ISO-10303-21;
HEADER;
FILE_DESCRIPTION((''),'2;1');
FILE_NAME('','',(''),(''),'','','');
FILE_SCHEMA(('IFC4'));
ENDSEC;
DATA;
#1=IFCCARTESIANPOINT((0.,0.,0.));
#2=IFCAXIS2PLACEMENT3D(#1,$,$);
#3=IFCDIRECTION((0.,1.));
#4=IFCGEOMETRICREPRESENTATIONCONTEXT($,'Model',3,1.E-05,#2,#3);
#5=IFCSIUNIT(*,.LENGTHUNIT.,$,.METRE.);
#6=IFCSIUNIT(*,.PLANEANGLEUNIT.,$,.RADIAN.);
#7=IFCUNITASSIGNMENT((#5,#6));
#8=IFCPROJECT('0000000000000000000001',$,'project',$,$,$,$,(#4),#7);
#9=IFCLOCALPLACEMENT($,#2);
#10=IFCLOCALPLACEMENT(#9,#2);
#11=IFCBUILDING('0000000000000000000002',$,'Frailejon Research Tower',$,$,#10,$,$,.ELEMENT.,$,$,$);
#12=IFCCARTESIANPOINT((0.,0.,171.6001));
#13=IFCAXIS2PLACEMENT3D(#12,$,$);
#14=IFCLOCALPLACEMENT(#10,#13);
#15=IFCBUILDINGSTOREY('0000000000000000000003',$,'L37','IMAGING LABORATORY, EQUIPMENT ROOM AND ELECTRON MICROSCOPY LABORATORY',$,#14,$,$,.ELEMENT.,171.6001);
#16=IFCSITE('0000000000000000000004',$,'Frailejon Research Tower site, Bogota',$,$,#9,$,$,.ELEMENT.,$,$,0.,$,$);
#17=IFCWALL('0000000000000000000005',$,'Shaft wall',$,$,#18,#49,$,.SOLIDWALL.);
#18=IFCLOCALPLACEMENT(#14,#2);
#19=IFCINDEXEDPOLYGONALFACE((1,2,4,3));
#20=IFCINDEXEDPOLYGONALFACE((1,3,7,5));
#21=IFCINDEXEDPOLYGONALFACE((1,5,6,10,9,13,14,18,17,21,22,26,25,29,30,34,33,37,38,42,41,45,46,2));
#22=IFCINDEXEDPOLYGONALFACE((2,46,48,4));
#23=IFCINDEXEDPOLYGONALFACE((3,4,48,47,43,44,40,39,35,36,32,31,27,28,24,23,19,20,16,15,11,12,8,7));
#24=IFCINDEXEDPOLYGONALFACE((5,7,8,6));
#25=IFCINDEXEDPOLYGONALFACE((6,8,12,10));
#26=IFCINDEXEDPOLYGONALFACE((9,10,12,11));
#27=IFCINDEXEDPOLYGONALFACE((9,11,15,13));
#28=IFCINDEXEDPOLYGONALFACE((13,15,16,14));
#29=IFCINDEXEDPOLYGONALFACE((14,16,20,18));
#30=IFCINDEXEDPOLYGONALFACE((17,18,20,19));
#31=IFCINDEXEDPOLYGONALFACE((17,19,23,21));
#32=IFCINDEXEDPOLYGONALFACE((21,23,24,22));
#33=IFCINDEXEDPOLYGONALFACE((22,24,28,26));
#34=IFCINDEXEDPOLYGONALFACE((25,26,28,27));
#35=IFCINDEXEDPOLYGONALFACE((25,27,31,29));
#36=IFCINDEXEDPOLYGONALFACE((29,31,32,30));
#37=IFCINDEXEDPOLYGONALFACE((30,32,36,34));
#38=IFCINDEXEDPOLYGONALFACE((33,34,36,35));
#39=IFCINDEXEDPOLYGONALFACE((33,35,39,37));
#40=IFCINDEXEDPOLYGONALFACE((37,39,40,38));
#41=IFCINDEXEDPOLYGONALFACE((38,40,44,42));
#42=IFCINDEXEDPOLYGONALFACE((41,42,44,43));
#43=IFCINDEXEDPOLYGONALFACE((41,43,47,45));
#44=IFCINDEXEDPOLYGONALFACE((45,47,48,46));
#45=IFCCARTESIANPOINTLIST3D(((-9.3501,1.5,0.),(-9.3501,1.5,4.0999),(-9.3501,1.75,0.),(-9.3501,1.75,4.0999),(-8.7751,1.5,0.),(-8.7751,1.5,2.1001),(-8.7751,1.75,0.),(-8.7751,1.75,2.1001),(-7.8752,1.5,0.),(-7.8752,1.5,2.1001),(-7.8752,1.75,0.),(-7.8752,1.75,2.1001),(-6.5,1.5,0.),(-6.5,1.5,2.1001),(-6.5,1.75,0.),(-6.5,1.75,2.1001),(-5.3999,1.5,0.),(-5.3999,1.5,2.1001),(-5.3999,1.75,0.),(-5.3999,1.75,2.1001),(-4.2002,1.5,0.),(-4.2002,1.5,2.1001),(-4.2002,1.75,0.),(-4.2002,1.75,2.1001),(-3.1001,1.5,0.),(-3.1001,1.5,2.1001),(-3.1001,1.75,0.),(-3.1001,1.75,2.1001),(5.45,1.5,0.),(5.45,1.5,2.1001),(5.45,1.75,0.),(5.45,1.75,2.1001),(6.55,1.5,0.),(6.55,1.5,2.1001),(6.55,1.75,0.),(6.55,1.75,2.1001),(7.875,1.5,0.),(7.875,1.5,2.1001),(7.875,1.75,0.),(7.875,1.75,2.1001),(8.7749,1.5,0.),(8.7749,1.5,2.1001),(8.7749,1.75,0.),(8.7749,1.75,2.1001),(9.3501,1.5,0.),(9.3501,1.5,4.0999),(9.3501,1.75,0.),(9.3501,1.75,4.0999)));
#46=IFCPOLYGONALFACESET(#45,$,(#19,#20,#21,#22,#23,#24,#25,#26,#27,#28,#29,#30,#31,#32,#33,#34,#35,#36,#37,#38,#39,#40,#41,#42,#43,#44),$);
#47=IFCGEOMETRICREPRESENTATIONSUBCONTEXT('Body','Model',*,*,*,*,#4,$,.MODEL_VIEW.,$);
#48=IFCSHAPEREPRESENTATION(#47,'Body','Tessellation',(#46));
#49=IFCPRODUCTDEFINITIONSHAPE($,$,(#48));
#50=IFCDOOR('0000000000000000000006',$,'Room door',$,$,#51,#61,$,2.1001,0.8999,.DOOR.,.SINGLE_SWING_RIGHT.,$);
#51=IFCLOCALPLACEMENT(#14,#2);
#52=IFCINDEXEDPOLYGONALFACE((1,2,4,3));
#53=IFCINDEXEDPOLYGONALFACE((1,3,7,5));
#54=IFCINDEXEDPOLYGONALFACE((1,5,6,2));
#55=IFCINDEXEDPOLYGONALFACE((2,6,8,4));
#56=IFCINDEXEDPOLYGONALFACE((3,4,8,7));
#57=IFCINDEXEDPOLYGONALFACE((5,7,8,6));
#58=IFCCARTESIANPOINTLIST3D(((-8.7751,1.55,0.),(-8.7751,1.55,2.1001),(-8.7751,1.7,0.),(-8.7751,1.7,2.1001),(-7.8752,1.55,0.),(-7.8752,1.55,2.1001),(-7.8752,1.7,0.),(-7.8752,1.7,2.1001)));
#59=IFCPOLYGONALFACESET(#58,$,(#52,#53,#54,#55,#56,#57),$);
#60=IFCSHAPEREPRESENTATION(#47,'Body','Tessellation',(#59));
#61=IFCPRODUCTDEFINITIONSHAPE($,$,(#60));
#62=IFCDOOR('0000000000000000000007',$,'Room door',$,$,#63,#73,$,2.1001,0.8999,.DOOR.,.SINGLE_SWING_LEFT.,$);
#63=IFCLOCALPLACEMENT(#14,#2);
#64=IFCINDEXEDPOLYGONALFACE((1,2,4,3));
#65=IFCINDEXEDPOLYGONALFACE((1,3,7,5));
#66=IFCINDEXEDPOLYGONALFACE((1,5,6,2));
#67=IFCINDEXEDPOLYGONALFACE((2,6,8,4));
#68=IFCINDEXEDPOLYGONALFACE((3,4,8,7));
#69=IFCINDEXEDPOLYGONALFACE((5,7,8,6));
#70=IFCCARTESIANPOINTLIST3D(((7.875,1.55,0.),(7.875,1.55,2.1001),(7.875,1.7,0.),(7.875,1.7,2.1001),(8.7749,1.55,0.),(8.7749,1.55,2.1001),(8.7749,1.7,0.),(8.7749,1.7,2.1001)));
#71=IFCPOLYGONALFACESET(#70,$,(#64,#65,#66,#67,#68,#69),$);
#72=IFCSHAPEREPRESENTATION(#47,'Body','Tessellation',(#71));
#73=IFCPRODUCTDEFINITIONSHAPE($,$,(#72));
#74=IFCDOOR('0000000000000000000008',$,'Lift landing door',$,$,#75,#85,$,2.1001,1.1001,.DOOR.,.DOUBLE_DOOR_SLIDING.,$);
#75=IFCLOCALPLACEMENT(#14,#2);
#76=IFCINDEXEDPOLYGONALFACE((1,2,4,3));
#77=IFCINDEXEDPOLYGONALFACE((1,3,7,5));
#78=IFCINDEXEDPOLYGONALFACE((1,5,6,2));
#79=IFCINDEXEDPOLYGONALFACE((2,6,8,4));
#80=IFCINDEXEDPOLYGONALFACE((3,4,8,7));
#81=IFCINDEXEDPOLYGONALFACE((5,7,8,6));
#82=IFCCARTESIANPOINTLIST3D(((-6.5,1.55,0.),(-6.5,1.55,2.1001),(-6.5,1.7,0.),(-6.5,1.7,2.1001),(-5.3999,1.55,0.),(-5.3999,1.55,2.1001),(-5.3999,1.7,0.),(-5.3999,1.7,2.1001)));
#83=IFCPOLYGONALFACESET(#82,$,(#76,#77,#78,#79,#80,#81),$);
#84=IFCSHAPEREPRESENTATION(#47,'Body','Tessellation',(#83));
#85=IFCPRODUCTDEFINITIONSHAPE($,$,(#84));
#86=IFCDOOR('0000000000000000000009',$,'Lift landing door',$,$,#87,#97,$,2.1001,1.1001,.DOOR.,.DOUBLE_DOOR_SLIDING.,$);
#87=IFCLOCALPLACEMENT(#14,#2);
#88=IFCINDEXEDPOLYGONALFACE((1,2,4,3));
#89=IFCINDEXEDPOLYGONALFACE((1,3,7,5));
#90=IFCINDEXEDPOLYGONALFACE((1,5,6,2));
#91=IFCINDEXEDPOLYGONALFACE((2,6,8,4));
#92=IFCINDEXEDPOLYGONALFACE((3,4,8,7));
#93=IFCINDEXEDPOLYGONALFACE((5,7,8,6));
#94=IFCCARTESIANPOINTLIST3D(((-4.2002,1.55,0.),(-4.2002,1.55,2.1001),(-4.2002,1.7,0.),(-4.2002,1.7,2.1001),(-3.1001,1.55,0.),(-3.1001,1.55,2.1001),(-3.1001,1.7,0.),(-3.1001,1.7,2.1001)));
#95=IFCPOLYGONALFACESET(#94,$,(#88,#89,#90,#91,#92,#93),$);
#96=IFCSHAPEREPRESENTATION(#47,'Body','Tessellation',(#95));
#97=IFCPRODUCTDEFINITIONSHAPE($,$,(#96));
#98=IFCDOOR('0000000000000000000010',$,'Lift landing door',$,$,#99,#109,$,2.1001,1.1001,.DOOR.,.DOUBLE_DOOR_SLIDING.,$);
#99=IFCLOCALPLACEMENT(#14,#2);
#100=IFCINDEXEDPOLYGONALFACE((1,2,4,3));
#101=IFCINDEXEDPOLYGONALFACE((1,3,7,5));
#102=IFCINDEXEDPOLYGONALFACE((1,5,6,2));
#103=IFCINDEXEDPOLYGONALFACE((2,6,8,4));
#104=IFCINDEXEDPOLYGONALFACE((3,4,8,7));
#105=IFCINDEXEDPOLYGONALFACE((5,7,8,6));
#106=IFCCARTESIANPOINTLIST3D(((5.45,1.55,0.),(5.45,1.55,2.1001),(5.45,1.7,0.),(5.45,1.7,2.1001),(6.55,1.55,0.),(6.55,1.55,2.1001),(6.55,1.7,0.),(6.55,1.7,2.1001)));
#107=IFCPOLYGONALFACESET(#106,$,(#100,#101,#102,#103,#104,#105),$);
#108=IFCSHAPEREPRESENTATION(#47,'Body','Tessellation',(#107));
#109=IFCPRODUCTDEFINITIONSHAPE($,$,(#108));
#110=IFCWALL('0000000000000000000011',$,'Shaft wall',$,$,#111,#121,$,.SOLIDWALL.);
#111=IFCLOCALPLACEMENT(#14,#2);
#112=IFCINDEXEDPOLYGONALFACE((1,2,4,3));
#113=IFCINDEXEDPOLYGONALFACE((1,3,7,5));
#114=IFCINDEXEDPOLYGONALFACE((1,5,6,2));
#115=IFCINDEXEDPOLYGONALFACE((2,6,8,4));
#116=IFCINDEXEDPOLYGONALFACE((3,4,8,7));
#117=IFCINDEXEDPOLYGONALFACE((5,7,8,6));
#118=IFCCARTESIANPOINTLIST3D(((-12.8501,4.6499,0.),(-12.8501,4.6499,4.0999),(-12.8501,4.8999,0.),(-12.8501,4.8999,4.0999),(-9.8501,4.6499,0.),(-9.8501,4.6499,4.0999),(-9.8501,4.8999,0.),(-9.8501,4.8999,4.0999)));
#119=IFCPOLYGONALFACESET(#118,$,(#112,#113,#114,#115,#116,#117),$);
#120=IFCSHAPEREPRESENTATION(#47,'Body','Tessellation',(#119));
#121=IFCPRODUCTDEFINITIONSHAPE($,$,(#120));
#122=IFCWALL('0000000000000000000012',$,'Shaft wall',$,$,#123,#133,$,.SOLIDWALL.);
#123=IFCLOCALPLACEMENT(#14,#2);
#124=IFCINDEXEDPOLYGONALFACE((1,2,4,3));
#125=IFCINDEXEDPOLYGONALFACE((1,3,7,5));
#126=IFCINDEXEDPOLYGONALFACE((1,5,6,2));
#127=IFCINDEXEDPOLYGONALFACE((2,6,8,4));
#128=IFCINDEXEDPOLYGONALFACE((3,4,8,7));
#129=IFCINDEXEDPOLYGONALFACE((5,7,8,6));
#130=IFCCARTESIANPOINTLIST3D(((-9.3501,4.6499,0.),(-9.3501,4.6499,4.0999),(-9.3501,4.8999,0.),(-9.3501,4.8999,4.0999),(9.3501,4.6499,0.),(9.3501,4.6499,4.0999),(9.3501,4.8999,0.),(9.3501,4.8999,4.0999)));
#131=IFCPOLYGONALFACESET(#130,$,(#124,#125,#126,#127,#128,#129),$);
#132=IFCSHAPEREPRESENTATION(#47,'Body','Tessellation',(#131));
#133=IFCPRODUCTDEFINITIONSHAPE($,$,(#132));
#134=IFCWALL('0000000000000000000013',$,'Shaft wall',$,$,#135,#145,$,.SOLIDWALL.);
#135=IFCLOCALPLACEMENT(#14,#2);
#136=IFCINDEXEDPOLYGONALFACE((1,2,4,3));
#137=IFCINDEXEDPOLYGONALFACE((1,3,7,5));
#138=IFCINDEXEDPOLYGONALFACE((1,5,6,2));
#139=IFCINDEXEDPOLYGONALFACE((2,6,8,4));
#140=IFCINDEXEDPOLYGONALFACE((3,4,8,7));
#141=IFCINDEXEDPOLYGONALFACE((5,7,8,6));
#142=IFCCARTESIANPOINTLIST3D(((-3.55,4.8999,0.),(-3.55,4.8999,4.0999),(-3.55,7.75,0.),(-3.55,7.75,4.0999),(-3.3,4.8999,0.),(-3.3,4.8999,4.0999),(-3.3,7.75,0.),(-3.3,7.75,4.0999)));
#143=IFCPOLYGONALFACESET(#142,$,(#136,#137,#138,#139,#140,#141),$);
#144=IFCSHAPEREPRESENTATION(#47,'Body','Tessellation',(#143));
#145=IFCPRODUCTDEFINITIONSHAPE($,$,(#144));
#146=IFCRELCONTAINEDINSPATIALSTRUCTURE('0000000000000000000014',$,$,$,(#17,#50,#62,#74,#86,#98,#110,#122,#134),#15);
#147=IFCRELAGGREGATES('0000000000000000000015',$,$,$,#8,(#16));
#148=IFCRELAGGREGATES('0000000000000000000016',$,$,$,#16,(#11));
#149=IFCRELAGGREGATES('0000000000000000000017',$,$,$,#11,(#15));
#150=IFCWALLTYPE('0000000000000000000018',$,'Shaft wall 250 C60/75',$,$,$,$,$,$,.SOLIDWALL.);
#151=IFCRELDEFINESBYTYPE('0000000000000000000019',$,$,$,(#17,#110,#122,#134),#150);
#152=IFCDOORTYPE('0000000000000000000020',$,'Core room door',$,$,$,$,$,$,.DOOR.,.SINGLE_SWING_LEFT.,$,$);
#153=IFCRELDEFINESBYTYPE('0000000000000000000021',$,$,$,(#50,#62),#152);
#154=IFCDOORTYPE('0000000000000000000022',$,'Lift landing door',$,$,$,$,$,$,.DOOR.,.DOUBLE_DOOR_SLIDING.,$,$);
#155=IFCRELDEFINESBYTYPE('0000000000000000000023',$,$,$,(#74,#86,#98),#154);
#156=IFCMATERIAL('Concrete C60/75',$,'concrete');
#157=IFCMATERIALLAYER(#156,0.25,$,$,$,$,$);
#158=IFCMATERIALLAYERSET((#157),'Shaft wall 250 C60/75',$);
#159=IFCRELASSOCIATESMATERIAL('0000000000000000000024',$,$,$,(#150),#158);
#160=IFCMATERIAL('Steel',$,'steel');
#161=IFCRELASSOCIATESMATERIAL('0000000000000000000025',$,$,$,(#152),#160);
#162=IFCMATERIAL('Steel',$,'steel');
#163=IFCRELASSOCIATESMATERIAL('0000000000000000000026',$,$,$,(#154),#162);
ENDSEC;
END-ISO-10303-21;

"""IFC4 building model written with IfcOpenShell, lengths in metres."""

from ifc_helpers import new_model, si_unit, direction, frame, frame_2d, origin, place, context, subcontext, project, spatial, rectangle, extrude, material, layer, layer_set, type_object, element, fill, save


model = new_model("IFC4")

# Units and contexts
model_context = context("Model", 3, precision=1e-05, world=origin(), true_north=direction((0.0, 1.0)))
body_context = subcontext(model_context, "Body", "Model", "MODEL_VIEW")
ifc_project = project(units=[si_unit("LENGTHUNIT", "METRE"), si_unit("PLANEANGLEUNIT", "RADIAN")], contexts=[model_context])

# Site, building, storey
site_placement = place(None, origin())
site = spatial("IfcSite", under=ifc_project, at=site_placement, Name="Frailejon Research Tower site, Bogota", CompositionType="ELEMENT", RefElevation=0.0)
building_placement = place(site_placement, origin())
building = spatial("IfcBuilding", under=site, at=building_placement, Name="Frailejon Research Tower", CompositionType="ELEMENT")
storey_placement = place(building_placement, frame((0.0, 0.0, 171.6001)))
storey = spatial("IfcBuildingStorey", under=building, at=storey_placement, Name="L37", Description="IMAGING LABORATORY, EQUIPMENT ROOM AND ELECTRON MICROSCOPY LABORATORY", CompositionType="ELEMENT", Elevation=171.6001)

# Shared definitions
ifc_material_1 = material(Name="Concrete C60/75", Category="concrete")
ifc_layer_1 = layer(ifc_material_1, 0.25)
ifc_layer_set_1 = layer_set([ifc_layer_1], Name="Shaft wall 250 C60/75")
wall_type_1 = type_object("IfcWallType", Name="Shaft wall 250 C60/75", PredefinedType="SOLIDWALL", material=ifc_layer_set_1)
ifc_material_2 = material(Name="Steel", Category="steel")
door_type_1 = type_object("IfcDoorType", Name="Core room door", OperationType="SINGLE_SWING_LEFT", PredefinedType="DOOR", material=ifc_material_2)

# Wall, openings, doors
wall_1_placement = place(storey_placement, frame((-9.3501, 1.625, 0.0), z_axis=(0.0, 0.0, 1.0), x_axis=(1.0, 0.0, 0.0)))
wall_1 = element("IfcWall", 1, at=wall_1_placement, inside=storey, type_object=wall_type_1, Name="Shaft wall", PredefinedType="SOLIDWALL", context=body_context, shape_type="SweptSolid", body=[
    extrude(rectangle(XDim=18.7002, YDim=0.25, at=frame_2d((9.3501, 0.0))), origin(), (0.0, 0.0, 1.0), 4.0999),
])
opening_1_placement = place(wall_1_placement, frame((2.8501, 0.0, 0.0)))
opening_1 = element("IfcOpeningElement", 2, at=opening_1_placement, cuts=wall_1, PredefinedType="OPENING", context=body_context, shape_type="SweptSolid", body=[
    extrude(rectangle(XDim=1.1001, YDim=2.1001, at=frame_2d((0.55, 1.05))), frame((0.0, 0.135, 0.0), z_axis=(0.0, -1.0, 0.0), x_axis=(1.0, 0.0, 0.0)), (0.0, 0.0, 1.0), 0.27),
])
opening_2_placement = place(wall_1_placement, frame((5.1499, 0.0, 0.0)))
opening_2 = element("IfcOpeningElement", 3, at=opening_2_placement, cuts=wall_1, PredefinedType="OPENING", context=body_context, shape_type="SweptSolid", body=[
    extrude(rectangle(XDim=1.1001, YDim=2.1001, at=frame_2d((0.55, 1.05))), frame((0.0, 0.135, 0.0), z_axis=(0.0, -1.0, 0.0), x_axis=(1.0, 0.0, 0.0)), (0.0, 0.0, 1.0), 0.27),
])
opening_3_placement = place(wall_1_placement, frame((14.8, 0.0, 0.0)))
opening_3 = element("IfcOpeningElement", 4, at=opening_3_placement, cuts=wall_1, PredefinedType="OPENING", context=body_context, shape_type="SweptSolid", body=[
    extrude(rectangle(XDim=1.1001, YDim=2.1001, at=frame_2d((0.55, 1.05))), frame((0.0, 0.135, 0.0), z_axis=(0.0, -1.0, 0.0), x_axis=(1.0, 0.0, 0.0)), (0.0, 0.0, 1.0), 0.27),
])
opening_4_placement = place(wall_1_placement, frame((0.575, 0.0, 0.0)))
opening_4 = element("IfcOpeningElement", 5, at=opening_4_placement, cuts=wall_1, PredefinedType="OPENING", context=body_context, shape_type="SweptSolid", body=[
    extrude(rectangle(XDim=0.8999, YDim=2.1001, at=frame_2d((0.45, 1.05))), frame((0.0, 0.135, 0.0), z_axis=(0.0, -1.0, 0.0), x_axis=(1.0, 0.0, 0.0)), (0.0, 0.0, 1.0), 0.27),
])
opening_5_placement = place(wall_1_placement, frame((17.2251, 0.0, 0.0)))
opening_5 = element("IfcOpeningElement", 6, at=opening_5_placement, cuts=wall_1, PredefinedType="OPENING", context=body_context, shape_type="SweptSolid", body=[
    extrude(rectangle(XDim=0.8999, YDim=2.1001, at=frame_2d((0.45, 1.05))), frame((0.0, 0.135, 0.0), z_axis=(0.0, -1.0, 0.0), x_axis=(1.0, 0.0, 0.0)), (0.0, 0.0, 1.0), 0.27),
])
door_1_placement = place(opening_4_placement, origin())
door_1 = element("IfcDoor", 7, at=door_1_placement, inside=storey, type_object=door_type_1, Name="Room door", OperationType="SINGLE_SWING_RIGHT", OverallHeight=2.1001, OverallWidth=0.8999, PredefinedType="DOOR", context=body_context, shape_type="SweptSolid", body=[
    extrude(rectangle(XDim=0.8999, YDim=2.1001, at=frame_2d((0.45, 1.05))), frame((0.0, 0.075, 0.0), z_axis=(0.0, -1.0, 0.0), x_axis=(1.0, 0.0, 0.0)), (0.0, 0.0, 1.0), 0.1499),
])
fill(opening_4, door_1)
door_2_placement = place(opening_5_placement, origin())
door_2 = element("IfcDoor", 8, at=door_2_placement, inside=storey, type_object=door_type_1, Name="Room door", OperationType="SINGLE_SWING_LEFT", OverallHeight=2.1001, OverallWidth=0.8999, PredefinedType="DOOR", context=body_context, shape_type="SweptSolid", body=[
    extrude(rectangle(XDim=0.8999, YDim=2.1001, at=frame_2d((0.45, 1.05))), frame((0.0, 0.075, 0.0), z_axis=(0.0, -1.0, 0.0), x_axis=(1.0, 0.0, 0.0)), (0.0, 0.0, 1.0), 0.1499),
])
fill(opening_5, door_2)
ifc_material_3 = material(Name="Steel", Category="steel")
door_type_2 = type_object("IfcDoorType", Name="Lift landing door", OperationType="DOUBLE_DOOR_SLIDING", PredefinedType="DOOR", material=ifc_material_3)
door_3_placement = place(opening_1_placement, origin())
door_3 = element("IfcDoor", 9, at=door_3_placement, inside=storey, type_object=door_type_2, Name="Lift landing door", OperationType="DOUBLE_DOOR_SLIDING", OverallHeight=2.1001, OverallWidth=1.1001, PredefinedType="DOOR", context=body_context, shape_type="SweptSolid", body=[
    extrude(rectangle(XDim=1.1001, YDim=2.1001, at=frame_2d((0.55, 1.05))), frame((0.0, 0.075, 0.0), z_axis=(0.0, -1.0, 0.0), x_axis=(1.0, 0.0, 0.0)), (0.0, 0.0, 1.0), 0.1499),
])
fill(opening_1, door_3)
door_4_placement = place(opening_2_placement, origin())
door_4 = element("IfcDoor", 10, at=door_4_placement, inside=storey, type_object=door_type_2, Name="Lift landing door", OperationType="DOUBLE_DOOR_SLIDING", OverallHeight=2.1001, OverallWidth=1.1001, PredefinedType="DOOR", context=body_context, shape_type="SweptSolid", body=[
    extrude(rectangle(XDim=1.1001, YDim=2.1001, at=frame_2d((0.55, 1.05))), frame((0.0, 0.075, 0.0), z_axis=(0.0, -1.0, 0.0), x_axis=(1.0, 0.0, 0.0)), (0.0, 0.0, 1.0), 0.1499),
])
fill(opening_2, door_4)
door_5_placement = place(opening_3_placement, origin())
door_5 = element("IfcDoor", 11, at=door_5_placement, inside=storey, type_object=door_type_2, Name="Lift landing door", OperationType="DOUBLE_DOOR_SLIDING", OverallHeight=2.1001, OverallWidth=1.1001, PredefinedType="DOOR", context=body_context, shape_type="SweptSolid", body=[
    extrude(rectangle(XDim=1.1001, YDim=2.1001, at=frame_2d((0.55, 1.05))), frame((0.0, 0.075, 0.0), z_axis=(0.0, -1.0, 0.0), x_axis=(1.0, 0.0, 0.0)), (0.0, 0.0, 1.0), 0.1499),
])
fill(opening_3, door_5)

# Walls
wall_2_placement = place(storey_placement, frame((-12.8501, 4.7749, 0.0), z_axis=(0.0, 0.0, 1.0), x_axis=(1.0, 0.0, 0.0)))
element("IfcWall", 12, at=wall_2_placement, inside=storey, type_object=wall_type_1, Name="Shaft wall", PredefinedType="SOLIDWALL", context=body_context, shape_type="SweptSolid", body=[
    extrude(rectangle(XDim=3.0, YDim=0.25, at=frame_2d((1.5, 0.0))), origin(), (0.0, 0.0, 1.0), 4.0999),
])
wall_3_placement = place(storey_placement, frame((-9.3501, 4.7749, 0.0), z_axis=(0.0, 0.0, 1.0), x_axis=(1.0, 0.0, 0.0)))
element("IfcWall", 13, at=wall_3_placement, inside=storey, type_object=wall_type_1, Name="Shaft wall", PredefinedType="SOLIDWALL", context=body_context, shape_type="SweptSolid", body=[
    extrude(rectangle(XDim=18.7002, YDim=0.25, at=frame_2d((9.3501, 0.0))), origin(), (0.0, 0.0, 1.0), 4.0999),
])
wall_4_placement = place(storey_placement, frame((-3.425, 4.8999, 0.0), z_axis=(0.0, 0.0, 1.0), x_axis=(0.0, 1.0, 0.0)))
element("IfcWall", 14, at=wall_4_placement, inside=storey, type_object=wall_type_1, Name="Shaft wall", PredefinedType="SOLIDWALL", context=body_context, shape_type="SweptSolid", body=[
    extrude(rectangle(XDim=2.8501, YDim=0.25, at=frame_2d((1.425, 0.0))), origin(), (0.0, 0.0, 1.0), 4.0999),
])

save(model, "model.ifc")
